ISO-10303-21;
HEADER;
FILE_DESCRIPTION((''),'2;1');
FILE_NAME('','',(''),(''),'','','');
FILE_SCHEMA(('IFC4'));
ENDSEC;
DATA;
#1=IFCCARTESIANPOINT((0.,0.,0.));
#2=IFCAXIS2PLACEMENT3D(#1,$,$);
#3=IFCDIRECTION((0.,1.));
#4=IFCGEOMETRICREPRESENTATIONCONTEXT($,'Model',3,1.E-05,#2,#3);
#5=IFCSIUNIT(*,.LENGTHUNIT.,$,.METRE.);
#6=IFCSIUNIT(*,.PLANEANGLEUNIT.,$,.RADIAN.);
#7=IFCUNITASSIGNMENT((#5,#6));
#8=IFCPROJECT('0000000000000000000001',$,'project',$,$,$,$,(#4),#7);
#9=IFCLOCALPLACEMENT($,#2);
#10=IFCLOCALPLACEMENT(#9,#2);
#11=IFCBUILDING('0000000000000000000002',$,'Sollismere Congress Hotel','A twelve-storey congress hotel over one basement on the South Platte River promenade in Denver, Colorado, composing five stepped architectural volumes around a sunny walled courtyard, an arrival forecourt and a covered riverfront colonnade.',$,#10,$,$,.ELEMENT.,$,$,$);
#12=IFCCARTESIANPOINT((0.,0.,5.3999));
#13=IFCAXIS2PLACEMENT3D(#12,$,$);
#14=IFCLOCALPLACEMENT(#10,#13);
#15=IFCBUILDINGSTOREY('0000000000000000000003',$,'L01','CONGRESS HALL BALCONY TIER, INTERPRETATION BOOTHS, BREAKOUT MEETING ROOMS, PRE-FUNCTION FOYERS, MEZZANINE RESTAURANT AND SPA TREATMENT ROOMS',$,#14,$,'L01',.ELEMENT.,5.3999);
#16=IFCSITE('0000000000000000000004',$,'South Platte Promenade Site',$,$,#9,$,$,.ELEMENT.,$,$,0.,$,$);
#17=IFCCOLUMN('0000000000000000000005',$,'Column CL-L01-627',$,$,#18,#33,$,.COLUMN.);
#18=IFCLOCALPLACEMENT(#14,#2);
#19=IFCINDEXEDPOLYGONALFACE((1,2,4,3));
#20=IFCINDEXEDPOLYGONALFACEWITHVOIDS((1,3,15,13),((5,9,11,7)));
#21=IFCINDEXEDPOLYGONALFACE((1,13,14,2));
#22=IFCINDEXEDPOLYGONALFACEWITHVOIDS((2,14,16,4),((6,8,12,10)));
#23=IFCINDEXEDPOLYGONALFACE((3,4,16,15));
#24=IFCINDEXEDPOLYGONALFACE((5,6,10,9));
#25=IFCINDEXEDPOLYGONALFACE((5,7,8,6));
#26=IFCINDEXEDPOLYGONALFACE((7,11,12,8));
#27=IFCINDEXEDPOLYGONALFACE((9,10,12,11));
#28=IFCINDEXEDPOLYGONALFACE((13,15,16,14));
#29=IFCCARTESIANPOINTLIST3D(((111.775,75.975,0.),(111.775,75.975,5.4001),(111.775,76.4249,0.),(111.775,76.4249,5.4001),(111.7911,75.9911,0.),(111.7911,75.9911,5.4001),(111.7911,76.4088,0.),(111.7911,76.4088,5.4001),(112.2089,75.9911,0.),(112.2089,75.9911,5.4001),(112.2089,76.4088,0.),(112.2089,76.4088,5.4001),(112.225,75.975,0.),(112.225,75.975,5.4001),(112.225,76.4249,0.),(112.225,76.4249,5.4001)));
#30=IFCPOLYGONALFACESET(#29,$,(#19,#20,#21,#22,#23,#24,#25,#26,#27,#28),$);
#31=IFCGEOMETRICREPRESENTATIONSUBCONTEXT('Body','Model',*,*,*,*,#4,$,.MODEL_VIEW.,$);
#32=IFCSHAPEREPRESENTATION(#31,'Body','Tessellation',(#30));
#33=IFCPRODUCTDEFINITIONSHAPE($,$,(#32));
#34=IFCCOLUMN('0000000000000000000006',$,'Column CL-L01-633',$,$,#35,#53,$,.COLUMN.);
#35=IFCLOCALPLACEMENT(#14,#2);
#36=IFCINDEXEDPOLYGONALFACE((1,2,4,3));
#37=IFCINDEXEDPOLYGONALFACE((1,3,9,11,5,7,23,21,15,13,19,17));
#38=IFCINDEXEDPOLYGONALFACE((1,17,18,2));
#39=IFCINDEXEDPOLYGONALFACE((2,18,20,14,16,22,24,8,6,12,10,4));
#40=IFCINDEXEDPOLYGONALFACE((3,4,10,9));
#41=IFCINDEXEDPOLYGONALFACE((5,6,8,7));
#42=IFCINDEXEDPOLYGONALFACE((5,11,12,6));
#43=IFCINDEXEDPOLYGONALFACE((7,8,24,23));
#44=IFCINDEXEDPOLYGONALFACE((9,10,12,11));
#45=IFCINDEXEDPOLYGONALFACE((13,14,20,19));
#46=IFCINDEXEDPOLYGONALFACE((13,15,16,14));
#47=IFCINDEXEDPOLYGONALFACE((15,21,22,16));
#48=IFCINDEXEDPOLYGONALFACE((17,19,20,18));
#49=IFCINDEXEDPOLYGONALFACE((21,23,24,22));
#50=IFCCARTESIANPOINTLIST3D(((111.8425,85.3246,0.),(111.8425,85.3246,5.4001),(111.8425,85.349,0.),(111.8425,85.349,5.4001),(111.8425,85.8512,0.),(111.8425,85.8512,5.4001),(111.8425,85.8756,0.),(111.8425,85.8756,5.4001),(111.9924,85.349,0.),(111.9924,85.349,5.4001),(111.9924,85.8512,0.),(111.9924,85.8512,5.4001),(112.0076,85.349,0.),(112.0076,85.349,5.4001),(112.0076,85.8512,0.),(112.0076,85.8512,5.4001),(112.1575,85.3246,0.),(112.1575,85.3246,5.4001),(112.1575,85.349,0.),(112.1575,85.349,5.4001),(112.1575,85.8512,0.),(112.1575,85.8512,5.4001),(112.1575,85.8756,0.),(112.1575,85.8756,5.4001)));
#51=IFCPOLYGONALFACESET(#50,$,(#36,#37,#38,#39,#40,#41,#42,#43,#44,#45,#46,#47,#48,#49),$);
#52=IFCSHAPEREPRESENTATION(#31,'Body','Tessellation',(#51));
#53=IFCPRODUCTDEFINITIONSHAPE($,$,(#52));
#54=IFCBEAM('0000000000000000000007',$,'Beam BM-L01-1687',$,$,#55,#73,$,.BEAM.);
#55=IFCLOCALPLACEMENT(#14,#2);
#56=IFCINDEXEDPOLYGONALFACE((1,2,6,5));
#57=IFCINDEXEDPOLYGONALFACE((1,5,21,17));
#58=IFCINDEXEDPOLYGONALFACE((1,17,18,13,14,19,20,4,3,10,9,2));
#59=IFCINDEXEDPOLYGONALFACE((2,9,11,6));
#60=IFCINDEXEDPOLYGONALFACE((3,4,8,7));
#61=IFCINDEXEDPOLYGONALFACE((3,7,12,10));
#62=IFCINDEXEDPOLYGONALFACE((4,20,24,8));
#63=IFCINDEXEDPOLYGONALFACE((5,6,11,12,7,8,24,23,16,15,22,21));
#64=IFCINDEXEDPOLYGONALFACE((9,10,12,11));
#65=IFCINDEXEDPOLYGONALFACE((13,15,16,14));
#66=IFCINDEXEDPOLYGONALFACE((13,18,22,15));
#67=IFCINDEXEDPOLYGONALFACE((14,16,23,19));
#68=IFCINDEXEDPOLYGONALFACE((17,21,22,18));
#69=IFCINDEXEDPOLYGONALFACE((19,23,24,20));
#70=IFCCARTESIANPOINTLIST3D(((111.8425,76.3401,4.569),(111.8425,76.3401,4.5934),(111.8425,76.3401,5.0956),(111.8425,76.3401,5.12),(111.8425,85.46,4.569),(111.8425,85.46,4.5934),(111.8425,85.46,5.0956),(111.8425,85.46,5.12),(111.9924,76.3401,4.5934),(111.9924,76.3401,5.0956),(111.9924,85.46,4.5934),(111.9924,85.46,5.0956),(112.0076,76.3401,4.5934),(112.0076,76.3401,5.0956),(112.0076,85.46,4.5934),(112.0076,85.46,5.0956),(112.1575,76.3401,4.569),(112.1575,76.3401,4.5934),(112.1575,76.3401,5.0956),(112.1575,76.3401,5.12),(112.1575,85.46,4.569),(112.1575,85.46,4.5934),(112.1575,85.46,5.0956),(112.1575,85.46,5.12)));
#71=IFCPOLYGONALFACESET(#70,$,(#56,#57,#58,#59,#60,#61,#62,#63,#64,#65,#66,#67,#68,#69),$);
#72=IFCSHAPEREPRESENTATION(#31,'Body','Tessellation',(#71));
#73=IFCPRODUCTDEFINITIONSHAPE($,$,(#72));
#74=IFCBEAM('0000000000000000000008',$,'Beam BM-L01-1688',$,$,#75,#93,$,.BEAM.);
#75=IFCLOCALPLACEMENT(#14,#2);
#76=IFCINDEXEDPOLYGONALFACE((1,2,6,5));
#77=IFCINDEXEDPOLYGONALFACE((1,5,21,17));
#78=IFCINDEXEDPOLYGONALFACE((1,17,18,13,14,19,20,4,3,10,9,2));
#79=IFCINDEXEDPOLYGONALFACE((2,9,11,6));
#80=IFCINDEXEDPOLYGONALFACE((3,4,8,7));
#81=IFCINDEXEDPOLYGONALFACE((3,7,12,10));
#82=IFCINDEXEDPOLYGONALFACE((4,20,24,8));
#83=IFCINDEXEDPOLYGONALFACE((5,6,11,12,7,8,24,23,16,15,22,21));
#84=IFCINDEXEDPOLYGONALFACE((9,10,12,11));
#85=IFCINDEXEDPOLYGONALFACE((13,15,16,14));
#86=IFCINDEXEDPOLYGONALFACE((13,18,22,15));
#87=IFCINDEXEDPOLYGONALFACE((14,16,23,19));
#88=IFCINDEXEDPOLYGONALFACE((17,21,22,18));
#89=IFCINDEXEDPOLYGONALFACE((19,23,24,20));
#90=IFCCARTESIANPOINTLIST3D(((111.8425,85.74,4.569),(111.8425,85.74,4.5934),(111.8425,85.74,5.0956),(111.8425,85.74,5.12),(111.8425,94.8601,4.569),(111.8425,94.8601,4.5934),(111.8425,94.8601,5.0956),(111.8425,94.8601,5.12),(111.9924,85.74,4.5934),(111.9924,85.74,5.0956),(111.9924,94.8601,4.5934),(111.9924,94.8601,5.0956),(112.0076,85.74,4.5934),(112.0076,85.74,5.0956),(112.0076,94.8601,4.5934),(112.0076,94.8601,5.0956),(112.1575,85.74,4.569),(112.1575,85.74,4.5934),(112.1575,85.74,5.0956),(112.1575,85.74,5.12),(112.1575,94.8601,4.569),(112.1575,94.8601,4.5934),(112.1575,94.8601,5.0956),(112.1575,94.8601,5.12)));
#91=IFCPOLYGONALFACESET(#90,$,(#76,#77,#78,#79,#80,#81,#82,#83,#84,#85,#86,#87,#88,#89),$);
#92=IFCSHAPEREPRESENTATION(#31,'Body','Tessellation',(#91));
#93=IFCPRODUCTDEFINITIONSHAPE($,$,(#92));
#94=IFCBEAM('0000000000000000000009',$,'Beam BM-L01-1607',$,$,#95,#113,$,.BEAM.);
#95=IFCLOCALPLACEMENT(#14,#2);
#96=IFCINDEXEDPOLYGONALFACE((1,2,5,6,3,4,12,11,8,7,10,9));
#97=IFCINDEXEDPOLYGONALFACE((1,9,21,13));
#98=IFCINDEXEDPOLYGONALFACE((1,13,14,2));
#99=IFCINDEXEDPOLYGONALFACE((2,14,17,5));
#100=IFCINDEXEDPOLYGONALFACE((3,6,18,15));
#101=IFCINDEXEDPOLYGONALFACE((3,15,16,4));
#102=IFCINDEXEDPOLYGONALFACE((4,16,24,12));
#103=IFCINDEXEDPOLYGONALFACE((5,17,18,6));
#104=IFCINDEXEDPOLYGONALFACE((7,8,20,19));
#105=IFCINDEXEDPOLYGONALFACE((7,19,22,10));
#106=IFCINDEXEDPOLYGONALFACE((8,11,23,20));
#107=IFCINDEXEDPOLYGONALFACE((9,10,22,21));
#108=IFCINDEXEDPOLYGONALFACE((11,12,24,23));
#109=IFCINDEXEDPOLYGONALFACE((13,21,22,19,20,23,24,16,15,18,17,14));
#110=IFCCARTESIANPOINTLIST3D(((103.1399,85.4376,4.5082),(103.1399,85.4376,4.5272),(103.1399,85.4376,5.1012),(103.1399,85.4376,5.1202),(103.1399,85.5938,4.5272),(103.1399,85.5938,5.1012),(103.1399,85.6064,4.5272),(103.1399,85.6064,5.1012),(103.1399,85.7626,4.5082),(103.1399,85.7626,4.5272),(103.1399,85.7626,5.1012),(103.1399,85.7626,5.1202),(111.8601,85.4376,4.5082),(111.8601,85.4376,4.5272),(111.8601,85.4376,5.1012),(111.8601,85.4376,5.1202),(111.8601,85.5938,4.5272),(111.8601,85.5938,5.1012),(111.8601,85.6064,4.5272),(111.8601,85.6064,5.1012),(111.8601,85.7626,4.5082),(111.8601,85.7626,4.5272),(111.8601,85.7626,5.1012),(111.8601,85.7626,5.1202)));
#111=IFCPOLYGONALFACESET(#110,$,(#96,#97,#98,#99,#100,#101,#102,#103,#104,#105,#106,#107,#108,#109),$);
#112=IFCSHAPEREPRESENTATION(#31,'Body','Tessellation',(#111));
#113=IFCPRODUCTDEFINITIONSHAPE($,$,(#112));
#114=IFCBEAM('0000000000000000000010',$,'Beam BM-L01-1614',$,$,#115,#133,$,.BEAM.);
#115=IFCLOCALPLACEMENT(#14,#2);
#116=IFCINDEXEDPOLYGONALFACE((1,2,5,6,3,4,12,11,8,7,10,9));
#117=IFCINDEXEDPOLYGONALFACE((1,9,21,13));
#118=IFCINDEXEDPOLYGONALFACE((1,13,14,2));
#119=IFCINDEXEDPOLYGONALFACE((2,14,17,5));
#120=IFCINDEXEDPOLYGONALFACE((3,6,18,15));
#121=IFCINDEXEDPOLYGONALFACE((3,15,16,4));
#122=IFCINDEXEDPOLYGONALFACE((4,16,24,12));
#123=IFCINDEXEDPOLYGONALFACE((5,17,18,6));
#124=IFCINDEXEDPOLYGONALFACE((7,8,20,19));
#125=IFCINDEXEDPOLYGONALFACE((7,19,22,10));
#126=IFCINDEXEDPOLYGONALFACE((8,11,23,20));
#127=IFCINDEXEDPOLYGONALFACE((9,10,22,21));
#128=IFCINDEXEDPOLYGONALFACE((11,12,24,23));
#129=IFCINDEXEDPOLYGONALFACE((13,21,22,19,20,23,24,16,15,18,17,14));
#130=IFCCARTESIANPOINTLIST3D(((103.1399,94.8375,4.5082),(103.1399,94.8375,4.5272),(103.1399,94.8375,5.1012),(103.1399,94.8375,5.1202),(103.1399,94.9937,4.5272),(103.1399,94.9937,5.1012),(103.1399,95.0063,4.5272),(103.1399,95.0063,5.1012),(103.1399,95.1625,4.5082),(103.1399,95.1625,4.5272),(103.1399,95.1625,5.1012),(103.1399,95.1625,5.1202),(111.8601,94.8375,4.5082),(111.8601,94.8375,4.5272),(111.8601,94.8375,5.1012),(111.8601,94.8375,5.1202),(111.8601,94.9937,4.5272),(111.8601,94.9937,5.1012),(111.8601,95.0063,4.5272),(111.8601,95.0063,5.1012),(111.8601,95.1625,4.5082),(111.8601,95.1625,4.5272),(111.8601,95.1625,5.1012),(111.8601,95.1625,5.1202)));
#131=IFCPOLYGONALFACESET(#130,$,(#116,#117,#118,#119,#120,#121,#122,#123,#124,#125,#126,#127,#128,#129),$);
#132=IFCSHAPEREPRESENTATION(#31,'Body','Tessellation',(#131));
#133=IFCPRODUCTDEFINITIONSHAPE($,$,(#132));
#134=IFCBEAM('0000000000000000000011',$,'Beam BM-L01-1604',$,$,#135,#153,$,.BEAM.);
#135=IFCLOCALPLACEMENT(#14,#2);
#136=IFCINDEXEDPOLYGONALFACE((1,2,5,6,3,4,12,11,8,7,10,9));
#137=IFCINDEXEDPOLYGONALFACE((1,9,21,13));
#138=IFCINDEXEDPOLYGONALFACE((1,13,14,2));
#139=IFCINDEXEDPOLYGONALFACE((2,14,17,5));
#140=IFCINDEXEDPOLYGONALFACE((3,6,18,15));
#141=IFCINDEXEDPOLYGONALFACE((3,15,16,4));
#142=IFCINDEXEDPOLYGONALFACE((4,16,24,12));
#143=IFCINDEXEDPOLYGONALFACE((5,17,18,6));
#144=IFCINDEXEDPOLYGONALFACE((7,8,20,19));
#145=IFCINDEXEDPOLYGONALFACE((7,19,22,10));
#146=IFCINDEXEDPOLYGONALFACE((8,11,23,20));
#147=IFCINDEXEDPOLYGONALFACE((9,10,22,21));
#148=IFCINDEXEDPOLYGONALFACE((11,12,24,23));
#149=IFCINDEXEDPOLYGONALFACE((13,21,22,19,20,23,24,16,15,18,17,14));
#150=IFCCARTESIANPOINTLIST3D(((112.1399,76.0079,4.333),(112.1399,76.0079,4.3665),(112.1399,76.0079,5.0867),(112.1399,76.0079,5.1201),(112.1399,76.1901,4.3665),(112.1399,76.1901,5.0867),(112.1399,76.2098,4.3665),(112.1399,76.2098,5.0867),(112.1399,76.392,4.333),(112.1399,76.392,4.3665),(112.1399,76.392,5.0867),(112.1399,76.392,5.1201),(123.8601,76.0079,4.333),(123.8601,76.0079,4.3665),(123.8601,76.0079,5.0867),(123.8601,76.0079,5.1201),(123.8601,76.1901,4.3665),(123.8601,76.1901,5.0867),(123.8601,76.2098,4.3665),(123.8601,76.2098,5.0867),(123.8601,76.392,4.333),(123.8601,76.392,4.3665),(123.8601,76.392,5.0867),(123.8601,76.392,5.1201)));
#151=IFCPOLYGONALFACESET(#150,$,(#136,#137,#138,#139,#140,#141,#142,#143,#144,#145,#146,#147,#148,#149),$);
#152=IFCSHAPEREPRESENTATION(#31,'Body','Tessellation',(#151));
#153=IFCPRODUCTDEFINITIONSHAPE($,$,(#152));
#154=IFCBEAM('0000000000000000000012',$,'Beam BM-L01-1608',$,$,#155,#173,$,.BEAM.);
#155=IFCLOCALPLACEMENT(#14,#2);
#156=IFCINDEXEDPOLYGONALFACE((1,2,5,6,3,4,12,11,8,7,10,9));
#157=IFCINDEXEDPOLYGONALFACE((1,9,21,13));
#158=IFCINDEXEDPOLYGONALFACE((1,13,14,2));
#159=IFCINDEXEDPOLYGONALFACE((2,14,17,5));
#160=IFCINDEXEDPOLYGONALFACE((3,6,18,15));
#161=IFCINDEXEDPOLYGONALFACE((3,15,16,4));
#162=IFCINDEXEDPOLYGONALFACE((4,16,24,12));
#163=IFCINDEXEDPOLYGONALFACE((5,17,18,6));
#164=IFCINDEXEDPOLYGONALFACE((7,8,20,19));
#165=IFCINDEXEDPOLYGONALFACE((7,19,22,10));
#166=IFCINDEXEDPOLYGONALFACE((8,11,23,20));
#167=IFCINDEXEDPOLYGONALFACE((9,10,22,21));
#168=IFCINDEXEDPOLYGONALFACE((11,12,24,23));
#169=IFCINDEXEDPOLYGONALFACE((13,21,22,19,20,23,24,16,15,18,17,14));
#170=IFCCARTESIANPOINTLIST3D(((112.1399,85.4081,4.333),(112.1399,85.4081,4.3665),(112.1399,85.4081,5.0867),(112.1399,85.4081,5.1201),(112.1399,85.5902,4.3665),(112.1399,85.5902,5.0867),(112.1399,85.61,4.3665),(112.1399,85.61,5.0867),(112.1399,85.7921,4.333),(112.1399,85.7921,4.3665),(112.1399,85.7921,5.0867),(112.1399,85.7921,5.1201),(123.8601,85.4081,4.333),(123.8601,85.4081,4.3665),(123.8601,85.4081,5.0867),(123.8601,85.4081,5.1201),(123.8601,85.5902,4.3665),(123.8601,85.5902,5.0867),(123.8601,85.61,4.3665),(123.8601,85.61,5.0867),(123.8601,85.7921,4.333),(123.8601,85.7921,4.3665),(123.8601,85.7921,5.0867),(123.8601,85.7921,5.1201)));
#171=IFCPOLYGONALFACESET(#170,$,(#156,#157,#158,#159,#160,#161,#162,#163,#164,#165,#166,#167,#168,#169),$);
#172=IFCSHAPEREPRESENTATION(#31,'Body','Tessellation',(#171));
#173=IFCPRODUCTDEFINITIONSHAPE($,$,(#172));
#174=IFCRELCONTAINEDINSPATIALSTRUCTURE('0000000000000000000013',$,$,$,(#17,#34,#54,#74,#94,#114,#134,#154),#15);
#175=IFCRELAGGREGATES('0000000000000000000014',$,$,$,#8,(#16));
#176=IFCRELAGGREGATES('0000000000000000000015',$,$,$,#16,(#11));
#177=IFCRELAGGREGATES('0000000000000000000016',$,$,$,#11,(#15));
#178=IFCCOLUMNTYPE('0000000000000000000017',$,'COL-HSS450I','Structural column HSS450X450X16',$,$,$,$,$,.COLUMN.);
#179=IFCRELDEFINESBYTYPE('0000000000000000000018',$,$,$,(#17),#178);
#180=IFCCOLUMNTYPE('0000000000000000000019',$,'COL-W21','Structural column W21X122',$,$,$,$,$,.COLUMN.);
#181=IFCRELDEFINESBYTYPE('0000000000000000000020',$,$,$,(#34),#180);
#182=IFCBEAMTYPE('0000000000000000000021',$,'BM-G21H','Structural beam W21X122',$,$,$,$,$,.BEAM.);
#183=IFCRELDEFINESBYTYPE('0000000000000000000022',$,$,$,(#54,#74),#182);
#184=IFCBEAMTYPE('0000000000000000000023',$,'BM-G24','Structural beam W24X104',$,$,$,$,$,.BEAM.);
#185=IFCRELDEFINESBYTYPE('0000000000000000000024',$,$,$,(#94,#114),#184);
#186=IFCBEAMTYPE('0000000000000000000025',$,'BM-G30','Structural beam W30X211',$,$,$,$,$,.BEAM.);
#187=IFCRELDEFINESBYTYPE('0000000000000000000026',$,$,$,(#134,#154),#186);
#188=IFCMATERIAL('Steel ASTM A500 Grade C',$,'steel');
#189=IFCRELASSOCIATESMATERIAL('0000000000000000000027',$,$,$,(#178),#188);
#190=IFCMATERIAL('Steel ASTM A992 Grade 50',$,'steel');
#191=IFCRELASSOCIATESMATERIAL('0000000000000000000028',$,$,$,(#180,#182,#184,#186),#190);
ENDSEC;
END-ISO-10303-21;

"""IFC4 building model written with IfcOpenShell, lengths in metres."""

from ifc_helpers import new_model, si_unit, direction, frame, origin, origin_2d, place, context, subcontext, project, spatial, hollow_rectangle, i_section, extrude, material, material_profile, profile_set, type_object, element, save


model = new_model("IFC4")

# Units and contexts
model_context = context("Model", 3, precision=1e-05, world=origin(), true_north=direction((0.0, 1.0)))
body_context = subcontext(model_context, "Body", "Model", "MODEL_VIEW")
ifc_project = project(units=[si_unit("LENGTHUNIT", "METRE"), si_unit("PLANEANGLEUNIT", "RADIAN")], contexts=[model_context])

# Site, building, storey
site_placement = place(None, origin())
site = spatial("IfcSite", under=ifc_project, at=site_placement, Name="South Platte Promenade Site", CompositionType="ELEMENT", RefElevation=0.0)
building_placement = place(site_placement, origin())
building = spatial("IfcBuilding", under=site, at=building_placement, Name="Sollismere Congress Hotel", Description="A twelve-storey congress hotel over one basement on the South Platte River promenade in Denver, Colorado, composing five stepped architectural volumes around a sunny walled courtyard, an arrival forecourt and a covered riverfront colonnade.", CompositionType="ELEMENT")
storey_placement = place(building_placement, frame((0.0, 0.0, 5.3999)))
storey = spatial("IfcBuildingStorey", under=building, at=storey_placement, Name="L01", Description="CONGRESS HALL BALCONY TIER, INTERPRETATION BOOTHS, BREAKOUT MEETING ROOMS, PRE-FUNCTION FOYERS, MEZZANINE RESTAURANT AND SPA TREATMENT ROOMS", LongName="L01", CompositionType="ELEMENT", Elevation=5.3999)

# Columns
ifc_material_1 = material(Name="Steel ASTM A500 Grade C", Category="steel")
ifc_material_profile_1 = material_profile(ifc_material_1, hollow_rectangle(XDim=0.45, YDim=0.45, WallThickness=0.0161, at=origin_2d()), Name="HSS450X450X16")
ifc_profile_set_1 = profile_set([ifc_material_profile_1], Name="Steel ASTM A500 Grade C")
column_type_1 = type_object("IfcColumnType", Name="COL-HSS450I", Description="Structural column HSS450X450X16", PredefinedType="COLUMN", material=ifc_profile_set_1)
column_1_placement = place(storey_placement, frame((112.0, 76.2, 0.0), z_axis=(0.0, 0.0, 1.0), x_axis=(1.0, 0.0, 0.0)))
element("IfcColumn", 1, at=column_1_placement, inside=storey, type_object=column_type_1, Name="Column CL-L01-627", PredefinedType="COLUMN", context=body_context, shape_type="SweptSolid", body=[
    extrude(hollow_rectangle(XDim=0.45, YDim=0.45, WallThickness=0.0161, at=origin_2d()), origin(), (0.0, 0.0, 1.0), 5.4001),
])
ifc_material_2 = material(Name="Steel ASTM A992 Grade 50", Category="steel")
ifc_material_profile_2 = material_profile(ifc_material_2, i_section(OverallWidth=0.3149, OverallDepth=0.551, WebThickness=0.0151, FlangeThickness=0.0244, at=origin_2d()), Name="W21X122")
ifc_profile_set_2 = profile_set([ifc_material_profile_2], Name="Steel ASTM A992 Grade 50")
column_type_2 = type_object("IfcColumnType", Name="COL-W21", Description="Structural column W21X122", PredefinedType="COLUMN", material=ifc_profile_set_2)
column_2_placement = place(storey_placement, frame((112.0, 85.6001, 0.0), z_axis=(0.0, 0.0, 1.0), x_axis=(1.0, 0.0, 0.0)))
element("IfcColumn", 2, at=column_2_placement, inside=storey, type_object=column_type_2, Name="Column CL-L01-633", PredefinedType="COLUMN", context=body_context, shape_type="SweptSolid", body=[
    extrude(i_section(OverallWidth=0.3149, OverallDepth=0.551, WebThickness=0.0151, FlangeThickness=0.0244, at=origin_2d()), origin(), (0.0, 0.0, 1.0), 5.4001),
])

# Beams
ifc_material_profile_3 = material_profile(ifc_material_2, i_section(OverallWidth=0.3149, OverallDepth=0.551, WebThickness=0.0151, FlangeThickness=0.0244, at=origin_2d()), Name="W21X122")
ifc_profile_set_3 = profile_set([ifc_material_profile_3], Name="Steel ASTM A992 Grade 50")
beam_type_1 = type_object("IfcBeamType", Name="BM-G21H", Description="Structural beam W21X122", PredefinedType="BEAM", material=ifc_profile_set_3)
beam_1_placement = place(storey_placement, frame((112.0, 76.3401, 4.8445), z_axis=(0.0, 1.0, 0.0), x_axis=(-1.0, 0.0, 0.0)))
element("IfcBeam", 3, at=beam_1_placement, inside=storey, type_object=beam_type_1, Name="Beam BM-L01-1687", PredefinedType="BEAM", context=body_context, shape_type="SweptSolid", body=[
    extrude(i_section(OverallWidth=0.3149, OverallDepth=0.551, WebThickness=0.0151, FlangeThickness=0.0244, at=origin_2d()), origin(), (0.0, 0.0, 1.0), 9.1199),
])
beam_2_placement = place(storey_placement, frame((112.0, 85.74, 4.8445), z_axis=(0.0, 1.0, 0.0), x_axis=(-1.0, 0.0, 0.0)))
element("IfcBeam", 4, at=beam_2_placement, inside=storey, type_object=beam_type_1, Name="Beam BM-L01-1688", PredefinedType="BEAM", context=body_context, shape_type="SweptSolid", body=[
    extrude(i_section(OverallWidth=0.3149, OverallDepth=0.551, WebThickness=0.0151, FlangeThickness=0.0244, at=origin_2d()), origin(), (0.0, 0.0, 1.0), 9.1201),
])
ifc_material_profile_4 = material_profile(ifc_material_2, i_section(OverallWidth=0.325, OverallDepth=0.6121, WebThickness=0.0127, FlangeThickness=0.019, at=origin_2d()), Name="W24X104")
ifc_profile_set_4 = profile_set([ifc_material_profile_4], Name="Steel ASTM A992 Grade 50")
beam_type_2 = type_object("IfcBeamType", Name="BM-G24", Description="Structural beam W24X104", PredefinedType="BEAM", material=ifc_profile_set_4)
for number, where, z_axis, x_axis, name in (
    (5, (103.1399, 85.6001, 4.8142), (1.0, 0.0, 0.0), (0.0, 1.0, 0.0), "Beam BM-L01-1607"),
    (6, (103.1399, 95.0, 4.8142), (1.0, 0.0, 0.0), (0.0, 1.0, 0.0), "Beam BM-L01-1614"),
):
    element("IfcBeam", number, at=place(storey_placement, frame(where, z_axis=z_axis, x_axis=x_axis)), inside=storey, type_object=beam_type_2, Name=name, PredefinedType="BEAM", context=body_context, shape_type="SweptSolid", body=[
        extrude(i_section(OverallWidth=0.325, OverallDepth=0.6121, WebThickness=0.0127, FlangeThickness=0.019, at=origin_2d()), origin(), (0.0, 0.0, 1.0), 8.7202),
    ])
ifc_material_profile_5 = material_profile(ifc_material_2, i_section(OverallWidth=0.384, OverallDepth=0.7871, WebThickness=0.0198, FlangeThickness=0.0334, at=origin_2d()), Name="W30X211")
ifc_profile_set_5 = profile_set([ifc_material_profile_5], Name="Steel ASTM A992 Grade 50")
beam_type_3 = type_object("IfcBeamType", Name="BM-G30", Description="Structural beam W30X211", PredefinedType="BEAM", material=ifc_profile_set_5)
for number, where, z_axis, x_axis, name in (
    (7, (112.1399, 76.2, 4.7266), (1.0, 0.0, 0.0), (0.0, 1.0, 0.0), "Beam BM-L01-1604"),
    (8, (112.1399, 85.6001, 4.7266), (1.0, 0.0, 0.0), (0.0, 1.0, 0.0), "Beam BM-L01-1608"),
):
    element("IfcBeam", number, at=place(storey_placement, frame(where, z_axis=z_axis, x_axis=x_axis)), inside=storey, type_object=beam_type_3, Name=name, PredefinedType="BEAM", context=body_context, shape_type="SweptSolid", body=[
        extrude(i_section(OverallWidth=0.384, OverallDepth=0.7871, WebThickness=0.0198, FlangeThickness=0.0334, at=origin_2d()), origin(), (0.0, 0.0, 1.0), 11.7202),
    ])

save(model, "model.ifc")
